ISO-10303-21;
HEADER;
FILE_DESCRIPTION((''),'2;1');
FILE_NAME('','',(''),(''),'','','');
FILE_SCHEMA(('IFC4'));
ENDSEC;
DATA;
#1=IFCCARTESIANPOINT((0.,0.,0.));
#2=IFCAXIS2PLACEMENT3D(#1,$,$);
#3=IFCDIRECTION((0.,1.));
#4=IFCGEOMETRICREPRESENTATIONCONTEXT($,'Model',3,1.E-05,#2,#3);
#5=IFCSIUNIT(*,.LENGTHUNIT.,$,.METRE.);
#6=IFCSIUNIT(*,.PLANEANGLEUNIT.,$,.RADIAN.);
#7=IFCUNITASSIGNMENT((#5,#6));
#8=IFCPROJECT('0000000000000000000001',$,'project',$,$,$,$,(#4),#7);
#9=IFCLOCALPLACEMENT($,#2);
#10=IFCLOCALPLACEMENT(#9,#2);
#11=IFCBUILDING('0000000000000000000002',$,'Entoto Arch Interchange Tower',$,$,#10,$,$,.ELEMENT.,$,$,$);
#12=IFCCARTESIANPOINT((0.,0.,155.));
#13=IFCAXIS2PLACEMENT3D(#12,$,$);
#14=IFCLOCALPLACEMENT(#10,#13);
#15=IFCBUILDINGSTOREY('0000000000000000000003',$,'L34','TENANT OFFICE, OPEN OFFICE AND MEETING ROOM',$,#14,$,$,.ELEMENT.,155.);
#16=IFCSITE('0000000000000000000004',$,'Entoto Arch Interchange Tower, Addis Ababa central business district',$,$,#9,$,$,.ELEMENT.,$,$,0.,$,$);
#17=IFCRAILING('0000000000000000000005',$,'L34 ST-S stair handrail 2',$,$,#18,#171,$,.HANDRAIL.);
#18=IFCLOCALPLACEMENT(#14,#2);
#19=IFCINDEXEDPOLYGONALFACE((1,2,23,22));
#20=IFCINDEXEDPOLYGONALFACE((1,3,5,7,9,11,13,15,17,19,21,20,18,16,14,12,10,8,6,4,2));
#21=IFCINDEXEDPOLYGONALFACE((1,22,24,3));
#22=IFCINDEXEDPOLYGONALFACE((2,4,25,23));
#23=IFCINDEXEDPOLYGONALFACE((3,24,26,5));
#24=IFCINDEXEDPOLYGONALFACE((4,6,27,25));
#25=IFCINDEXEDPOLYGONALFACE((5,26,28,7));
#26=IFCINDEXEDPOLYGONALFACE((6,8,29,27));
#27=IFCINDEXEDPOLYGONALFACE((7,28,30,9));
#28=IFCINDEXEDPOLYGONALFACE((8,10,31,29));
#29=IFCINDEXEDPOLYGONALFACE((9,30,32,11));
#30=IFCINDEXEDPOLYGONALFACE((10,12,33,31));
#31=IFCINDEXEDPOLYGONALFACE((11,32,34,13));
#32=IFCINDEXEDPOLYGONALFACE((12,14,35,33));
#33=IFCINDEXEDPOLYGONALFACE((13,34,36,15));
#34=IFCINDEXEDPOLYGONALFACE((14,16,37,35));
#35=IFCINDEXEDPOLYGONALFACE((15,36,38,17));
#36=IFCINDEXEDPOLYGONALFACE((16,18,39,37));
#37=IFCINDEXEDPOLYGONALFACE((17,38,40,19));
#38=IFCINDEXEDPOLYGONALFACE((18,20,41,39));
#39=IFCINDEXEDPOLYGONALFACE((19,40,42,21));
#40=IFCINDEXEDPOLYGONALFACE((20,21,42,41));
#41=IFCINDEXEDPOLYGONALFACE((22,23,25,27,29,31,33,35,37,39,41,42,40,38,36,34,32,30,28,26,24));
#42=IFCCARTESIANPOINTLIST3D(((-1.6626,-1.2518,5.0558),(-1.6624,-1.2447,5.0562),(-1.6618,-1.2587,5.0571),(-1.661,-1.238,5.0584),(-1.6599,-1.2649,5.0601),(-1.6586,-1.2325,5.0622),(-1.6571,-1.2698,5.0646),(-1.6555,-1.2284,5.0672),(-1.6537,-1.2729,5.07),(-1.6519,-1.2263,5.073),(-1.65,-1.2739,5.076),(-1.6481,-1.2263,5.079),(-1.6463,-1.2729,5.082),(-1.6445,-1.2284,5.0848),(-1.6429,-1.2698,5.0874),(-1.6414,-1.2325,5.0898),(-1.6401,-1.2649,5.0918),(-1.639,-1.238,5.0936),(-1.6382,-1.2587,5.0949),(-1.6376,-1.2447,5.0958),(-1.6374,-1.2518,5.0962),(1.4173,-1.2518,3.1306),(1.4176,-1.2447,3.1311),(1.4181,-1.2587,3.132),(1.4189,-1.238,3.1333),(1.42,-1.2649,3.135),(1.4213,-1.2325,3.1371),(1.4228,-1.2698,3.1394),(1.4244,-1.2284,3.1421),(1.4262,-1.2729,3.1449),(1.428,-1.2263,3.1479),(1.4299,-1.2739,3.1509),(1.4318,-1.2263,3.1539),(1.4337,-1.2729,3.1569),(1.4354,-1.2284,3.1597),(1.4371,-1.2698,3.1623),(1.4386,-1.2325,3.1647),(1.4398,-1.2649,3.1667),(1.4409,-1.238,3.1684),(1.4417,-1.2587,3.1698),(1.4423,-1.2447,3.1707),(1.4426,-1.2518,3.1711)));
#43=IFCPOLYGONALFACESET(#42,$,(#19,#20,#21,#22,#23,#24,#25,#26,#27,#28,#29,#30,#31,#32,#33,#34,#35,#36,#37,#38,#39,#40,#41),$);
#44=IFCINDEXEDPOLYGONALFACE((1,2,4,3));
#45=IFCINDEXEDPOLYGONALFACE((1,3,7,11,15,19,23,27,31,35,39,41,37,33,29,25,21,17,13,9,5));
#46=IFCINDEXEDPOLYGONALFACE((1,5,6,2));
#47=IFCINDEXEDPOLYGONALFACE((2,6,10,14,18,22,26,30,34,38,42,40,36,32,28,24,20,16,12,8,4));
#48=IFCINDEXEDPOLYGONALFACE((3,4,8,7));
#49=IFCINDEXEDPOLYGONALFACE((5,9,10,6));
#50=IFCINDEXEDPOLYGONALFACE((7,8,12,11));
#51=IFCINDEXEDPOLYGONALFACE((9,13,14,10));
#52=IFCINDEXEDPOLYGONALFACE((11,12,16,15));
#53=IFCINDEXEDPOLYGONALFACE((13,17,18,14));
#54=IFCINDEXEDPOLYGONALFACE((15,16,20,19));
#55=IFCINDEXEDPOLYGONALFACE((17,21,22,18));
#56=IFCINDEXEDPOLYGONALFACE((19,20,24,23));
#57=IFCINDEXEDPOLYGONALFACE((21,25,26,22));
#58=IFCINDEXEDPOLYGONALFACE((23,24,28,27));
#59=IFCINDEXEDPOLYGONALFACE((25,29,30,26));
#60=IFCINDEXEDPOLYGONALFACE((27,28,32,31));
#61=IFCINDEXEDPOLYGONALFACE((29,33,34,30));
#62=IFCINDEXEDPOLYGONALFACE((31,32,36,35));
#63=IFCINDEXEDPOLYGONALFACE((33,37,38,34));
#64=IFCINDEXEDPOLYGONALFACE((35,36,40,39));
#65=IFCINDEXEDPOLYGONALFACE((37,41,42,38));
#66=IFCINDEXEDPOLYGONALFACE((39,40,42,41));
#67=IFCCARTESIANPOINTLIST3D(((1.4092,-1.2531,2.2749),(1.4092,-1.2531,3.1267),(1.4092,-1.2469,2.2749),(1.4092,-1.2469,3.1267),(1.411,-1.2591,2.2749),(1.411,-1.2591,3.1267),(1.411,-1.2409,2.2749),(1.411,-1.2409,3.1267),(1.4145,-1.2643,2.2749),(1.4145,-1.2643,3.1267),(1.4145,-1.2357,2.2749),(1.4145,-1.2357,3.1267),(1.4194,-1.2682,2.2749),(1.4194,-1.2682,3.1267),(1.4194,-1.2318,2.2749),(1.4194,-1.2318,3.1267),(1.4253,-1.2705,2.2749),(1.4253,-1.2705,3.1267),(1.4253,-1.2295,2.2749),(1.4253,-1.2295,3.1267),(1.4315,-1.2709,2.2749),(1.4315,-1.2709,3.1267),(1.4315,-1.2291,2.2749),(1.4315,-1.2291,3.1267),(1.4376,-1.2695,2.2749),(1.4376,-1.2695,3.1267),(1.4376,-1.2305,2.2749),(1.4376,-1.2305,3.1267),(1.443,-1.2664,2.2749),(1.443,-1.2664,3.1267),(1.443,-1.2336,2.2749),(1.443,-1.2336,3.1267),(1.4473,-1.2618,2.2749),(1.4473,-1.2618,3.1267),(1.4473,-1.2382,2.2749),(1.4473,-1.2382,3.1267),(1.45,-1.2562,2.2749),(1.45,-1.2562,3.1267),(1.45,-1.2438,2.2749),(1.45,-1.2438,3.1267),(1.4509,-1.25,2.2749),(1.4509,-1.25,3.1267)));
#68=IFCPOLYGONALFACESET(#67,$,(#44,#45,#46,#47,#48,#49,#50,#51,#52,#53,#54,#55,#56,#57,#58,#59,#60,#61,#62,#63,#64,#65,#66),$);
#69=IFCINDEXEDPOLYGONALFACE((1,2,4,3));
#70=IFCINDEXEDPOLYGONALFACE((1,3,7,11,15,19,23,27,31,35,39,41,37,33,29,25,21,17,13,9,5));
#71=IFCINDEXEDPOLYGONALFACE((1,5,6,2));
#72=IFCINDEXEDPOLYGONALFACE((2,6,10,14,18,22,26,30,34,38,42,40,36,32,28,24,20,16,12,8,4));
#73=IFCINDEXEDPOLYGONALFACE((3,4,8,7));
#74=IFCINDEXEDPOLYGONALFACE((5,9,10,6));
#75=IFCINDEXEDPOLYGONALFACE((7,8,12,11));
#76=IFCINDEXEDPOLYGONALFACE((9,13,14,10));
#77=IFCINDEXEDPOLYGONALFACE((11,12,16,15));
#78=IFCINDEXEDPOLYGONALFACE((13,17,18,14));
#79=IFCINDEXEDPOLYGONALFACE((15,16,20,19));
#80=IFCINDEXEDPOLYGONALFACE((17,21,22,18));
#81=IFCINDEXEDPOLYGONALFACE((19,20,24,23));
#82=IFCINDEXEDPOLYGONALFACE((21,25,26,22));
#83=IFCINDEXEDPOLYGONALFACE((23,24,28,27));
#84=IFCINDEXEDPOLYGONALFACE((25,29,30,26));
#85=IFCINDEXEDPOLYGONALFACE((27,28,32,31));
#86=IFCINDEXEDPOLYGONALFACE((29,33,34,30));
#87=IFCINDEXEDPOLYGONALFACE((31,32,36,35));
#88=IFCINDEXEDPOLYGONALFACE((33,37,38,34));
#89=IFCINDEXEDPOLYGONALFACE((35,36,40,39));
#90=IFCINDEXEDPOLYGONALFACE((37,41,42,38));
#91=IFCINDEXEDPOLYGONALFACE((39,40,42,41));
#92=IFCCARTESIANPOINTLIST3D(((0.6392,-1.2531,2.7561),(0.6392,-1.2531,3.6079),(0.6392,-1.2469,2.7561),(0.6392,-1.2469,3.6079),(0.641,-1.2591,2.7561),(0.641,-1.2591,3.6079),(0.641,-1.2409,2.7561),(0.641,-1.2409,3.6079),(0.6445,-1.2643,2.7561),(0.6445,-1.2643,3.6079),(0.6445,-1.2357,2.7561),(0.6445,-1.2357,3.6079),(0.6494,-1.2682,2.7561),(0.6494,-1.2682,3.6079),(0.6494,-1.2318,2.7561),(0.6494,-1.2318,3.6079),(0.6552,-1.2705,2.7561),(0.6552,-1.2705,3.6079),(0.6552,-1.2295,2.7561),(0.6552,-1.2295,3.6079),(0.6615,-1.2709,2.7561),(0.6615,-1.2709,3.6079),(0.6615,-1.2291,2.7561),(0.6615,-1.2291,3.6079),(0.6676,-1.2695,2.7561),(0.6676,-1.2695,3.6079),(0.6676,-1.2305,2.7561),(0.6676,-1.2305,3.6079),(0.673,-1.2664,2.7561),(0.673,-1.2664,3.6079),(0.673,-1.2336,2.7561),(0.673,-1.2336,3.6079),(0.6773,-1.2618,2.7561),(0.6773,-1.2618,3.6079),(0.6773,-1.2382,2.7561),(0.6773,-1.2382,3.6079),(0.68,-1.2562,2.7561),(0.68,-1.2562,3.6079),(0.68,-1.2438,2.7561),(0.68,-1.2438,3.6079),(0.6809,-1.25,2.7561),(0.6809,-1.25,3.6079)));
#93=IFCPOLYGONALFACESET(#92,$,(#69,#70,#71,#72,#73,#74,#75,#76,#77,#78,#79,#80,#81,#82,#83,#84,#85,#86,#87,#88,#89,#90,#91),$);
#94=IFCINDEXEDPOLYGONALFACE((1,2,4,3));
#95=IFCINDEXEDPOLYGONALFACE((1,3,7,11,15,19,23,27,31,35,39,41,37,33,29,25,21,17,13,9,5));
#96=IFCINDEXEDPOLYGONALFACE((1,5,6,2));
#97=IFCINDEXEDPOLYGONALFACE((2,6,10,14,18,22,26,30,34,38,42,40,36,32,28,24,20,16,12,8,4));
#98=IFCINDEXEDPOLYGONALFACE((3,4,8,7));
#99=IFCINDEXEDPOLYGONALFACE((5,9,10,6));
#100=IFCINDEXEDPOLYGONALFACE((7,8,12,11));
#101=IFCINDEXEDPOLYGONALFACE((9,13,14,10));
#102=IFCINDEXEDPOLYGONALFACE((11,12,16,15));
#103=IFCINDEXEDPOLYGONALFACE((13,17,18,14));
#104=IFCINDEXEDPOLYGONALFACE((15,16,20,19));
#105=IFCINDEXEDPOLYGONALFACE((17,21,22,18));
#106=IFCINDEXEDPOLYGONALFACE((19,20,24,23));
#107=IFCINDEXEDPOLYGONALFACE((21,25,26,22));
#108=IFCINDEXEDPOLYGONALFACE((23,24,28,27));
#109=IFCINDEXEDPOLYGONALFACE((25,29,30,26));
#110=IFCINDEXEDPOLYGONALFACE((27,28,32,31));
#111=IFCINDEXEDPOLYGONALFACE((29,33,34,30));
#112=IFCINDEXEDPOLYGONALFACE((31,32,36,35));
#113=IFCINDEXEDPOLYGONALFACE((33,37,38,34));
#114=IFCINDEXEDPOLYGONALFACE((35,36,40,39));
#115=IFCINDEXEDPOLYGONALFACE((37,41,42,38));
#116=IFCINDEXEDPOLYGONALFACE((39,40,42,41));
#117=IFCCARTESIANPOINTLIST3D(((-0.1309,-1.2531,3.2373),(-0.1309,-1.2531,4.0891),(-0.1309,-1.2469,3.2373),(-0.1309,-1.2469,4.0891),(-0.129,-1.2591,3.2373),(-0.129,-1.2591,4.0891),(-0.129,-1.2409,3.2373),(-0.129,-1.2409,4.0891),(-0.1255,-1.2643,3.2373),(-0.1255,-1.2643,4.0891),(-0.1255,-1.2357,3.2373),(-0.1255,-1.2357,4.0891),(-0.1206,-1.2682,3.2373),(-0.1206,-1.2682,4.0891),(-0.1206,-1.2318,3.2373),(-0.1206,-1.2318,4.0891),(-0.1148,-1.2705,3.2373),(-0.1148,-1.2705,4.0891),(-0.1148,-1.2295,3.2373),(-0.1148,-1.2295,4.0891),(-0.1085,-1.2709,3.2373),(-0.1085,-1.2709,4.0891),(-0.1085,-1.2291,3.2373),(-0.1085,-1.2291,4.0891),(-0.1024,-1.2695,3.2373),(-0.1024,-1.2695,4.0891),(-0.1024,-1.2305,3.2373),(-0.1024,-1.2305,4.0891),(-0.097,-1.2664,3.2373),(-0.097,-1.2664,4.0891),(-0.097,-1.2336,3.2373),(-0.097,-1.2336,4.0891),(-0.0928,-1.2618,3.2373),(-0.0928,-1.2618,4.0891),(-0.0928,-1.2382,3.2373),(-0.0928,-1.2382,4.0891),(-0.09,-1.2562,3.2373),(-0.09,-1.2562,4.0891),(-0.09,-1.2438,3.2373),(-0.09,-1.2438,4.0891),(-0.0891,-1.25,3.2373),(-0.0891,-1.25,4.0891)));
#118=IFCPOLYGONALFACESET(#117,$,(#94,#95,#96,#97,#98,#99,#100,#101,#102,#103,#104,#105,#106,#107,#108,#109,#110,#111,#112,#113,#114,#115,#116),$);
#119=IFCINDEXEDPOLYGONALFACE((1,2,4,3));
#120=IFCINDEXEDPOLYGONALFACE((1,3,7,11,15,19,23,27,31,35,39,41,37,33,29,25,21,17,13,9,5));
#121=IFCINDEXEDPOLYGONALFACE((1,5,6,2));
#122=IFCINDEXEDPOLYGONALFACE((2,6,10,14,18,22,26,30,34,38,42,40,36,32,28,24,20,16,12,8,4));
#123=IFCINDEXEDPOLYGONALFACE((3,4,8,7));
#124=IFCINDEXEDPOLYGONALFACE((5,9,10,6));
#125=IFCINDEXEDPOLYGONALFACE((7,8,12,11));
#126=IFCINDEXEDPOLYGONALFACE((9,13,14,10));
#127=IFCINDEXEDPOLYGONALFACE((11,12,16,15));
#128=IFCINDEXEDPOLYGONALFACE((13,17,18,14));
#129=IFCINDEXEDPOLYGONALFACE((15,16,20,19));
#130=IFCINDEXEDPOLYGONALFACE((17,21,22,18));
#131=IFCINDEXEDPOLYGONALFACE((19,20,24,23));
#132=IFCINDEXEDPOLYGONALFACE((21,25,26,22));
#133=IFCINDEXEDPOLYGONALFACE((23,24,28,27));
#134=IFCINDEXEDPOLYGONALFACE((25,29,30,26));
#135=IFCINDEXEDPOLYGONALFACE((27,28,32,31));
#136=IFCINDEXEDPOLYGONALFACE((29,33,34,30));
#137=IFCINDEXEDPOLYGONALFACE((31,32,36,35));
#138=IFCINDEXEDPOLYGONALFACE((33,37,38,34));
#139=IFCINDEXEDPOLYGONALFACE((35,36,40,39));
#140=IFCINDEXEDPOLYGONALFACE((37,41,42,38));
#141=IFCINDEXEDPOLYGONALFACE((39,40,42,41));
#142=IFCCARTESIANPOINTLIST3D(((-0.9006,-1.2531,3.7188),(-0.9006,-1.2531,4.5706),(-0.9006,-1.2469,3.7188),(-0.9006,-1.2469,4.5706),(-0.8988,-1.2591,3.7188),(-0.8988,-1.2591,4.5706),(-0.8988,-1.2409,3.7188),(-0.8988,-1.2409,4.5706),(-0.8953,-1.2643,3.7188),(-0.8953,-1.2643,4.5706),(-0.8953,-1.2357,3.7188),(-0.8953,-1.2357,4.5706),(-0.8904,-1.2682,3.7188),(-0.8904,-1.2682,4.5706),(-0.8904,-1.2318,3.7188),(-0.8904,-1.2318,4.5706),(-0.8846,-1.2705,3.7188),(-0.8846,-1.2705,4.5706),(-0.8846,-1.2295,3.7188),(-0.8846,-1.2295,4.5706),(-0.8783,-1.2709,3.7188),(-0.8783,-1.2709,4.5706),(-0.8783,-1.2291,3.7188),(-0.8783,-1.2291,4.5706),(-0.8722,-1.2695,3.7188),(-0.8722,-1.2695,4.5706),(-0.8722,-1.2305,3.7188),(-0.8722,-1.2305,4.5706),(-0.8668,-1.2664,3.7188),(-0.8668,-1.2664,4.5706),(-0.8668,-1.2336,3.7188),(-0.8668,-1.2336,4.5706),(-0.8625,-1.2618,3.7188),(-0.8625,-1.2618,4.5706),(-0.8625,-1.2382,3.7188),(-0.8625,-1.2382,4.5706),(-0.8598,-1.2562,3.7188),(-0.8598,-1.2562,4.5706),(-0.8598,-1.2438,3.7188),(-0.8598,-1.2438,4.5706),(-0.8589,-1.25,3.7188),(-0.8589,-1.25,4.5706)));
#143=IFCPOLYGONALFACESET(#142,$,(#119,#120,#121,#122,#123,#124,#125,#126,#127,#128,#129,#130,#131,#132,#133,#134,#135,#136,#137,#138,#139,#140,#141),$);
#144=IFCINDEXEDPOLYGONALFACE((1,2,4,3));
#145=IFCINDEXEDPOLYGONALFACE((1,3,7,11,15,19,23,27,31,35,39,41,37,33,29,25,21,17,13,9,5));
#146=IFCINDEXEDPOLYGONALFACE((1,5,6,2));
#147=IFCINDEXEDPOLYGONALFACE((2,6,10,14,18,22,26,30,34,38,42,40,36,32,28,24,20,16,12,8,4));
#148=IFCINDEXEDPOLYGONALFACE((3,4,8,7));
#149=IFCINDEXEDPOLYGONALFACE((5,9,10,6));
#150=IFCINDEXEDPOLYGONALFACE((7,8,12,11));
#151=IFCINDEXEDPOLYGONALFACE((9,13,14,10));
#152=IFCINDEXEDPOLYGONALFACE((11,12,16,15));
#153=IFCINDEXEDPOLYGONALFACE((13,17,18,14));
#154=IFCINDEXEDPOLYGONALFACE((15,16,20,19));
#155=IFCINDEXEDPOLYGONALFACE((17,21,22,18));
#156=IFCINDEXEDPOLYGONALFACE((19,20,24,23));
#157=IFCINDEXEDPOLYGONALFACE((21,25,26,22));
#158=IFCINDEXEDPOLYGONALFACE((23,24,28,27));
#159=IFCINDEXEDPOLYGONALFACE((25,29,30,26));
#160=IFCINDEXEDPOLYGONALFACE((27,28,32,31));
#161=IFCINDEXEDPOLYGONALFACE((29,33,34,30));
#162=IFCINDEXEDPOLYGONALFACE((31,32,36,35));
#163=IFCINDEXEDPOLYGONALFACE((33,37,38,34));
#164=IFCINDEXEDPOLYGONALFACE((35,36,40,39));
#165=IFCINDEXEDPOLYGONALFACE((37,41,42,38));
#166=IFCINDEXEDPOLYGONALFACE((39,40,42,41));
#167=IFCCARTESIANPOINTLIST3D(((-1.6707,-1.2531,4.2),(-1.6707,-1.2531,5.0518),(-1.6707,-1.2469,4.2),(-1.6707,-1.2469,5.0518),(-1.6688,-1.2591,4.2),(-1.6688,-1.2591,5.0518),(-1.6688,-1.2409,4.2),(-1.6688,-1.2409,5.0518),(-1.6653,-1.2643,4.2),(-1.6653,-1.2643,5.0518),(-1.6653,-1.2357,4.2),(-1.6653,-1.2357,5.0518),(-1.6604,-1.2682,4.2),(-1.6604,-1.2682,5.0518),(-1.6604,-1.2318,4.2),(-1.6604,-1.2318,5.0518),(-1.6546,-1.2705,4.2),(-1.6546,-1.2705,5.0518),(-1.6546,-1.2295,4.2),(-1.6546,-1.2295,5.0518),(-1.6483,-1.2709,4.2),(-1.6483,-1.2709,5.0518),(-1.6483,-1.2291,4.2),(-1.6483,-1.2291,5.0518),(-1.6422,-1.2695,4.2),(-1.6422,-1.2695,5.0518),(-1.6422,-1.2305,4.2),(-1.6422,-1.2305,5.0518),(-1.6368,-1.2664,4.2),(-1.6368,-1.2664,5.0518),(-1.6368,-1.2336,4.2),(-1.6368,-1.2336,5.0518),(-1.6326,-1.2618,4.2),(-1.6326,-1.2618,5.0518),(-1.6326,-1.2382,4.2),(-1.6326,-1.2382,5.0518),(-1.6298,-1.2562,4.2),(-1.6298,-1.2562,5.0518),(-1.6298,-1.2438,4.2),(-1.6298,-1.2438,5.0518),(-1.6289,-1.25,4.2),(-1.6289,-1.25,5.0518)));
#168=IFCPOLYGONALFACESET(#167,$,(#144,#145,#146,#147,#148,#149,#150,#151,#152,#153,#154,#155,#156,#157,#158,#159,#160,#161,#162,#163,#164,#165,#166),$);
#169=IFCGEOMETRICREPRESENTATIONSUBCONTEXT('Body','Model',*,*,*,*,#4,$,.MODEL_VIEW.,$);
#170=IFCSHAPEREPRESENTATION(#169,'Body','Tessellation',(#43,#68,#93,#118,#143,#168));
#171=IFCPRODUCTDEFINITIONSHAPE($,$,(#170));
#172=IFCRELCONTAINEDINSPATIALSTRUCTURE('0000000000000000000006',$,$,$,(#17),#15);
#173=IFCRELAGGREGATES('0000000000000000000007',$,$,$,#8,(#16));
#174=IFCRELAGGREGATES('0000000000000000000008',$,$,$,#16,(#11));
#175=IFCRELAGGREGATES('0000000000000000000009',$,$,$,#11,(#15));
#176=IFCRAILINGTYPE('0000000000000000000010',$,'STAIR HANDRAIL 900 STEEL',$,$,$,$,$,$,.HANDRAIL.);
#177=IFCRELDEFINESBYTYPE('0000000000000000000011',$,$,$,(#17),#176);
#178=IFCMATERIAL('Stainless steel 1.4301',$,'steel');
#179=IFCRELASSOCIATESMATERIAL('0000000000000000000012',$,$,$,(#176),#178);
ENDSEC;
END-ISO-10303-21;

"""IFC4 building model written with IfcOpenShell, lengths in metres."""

from ifc_helpers import new_model, si_unit, direction, frame, origin, origin_2d, place, context, subcontext, project, spatial, circle, extrude, material, type_object, element, save


model = new_model("IFC4")

# Units and contexts
model_context = context("Model", 3, precision=1e-05, world=origin(), true_north=direction((0.0, 1.0)))
body_context = subcontext(model_context, "Body", "Model", "MODEL_VIEW")
ifc_project = project(units=[si_unit("LENGTHUNIT", "METRE"), si_unit("PLANEANGLEUNIT", "RADIAN")], contexts=[model_context])

# Site, building, storey
site_placement = place(None, origin())
site = spatial("IfcSite", under=ifc_project, at=site_placement, Name="Entoto Arch Interchange Tower, Addis Ababa central business district", CompositionType="ELEMENT", RefElevation=0.0)
building_placement = place(site_placement, origin())
building = spatial("IfcBuilding", under=site, at=building_placement, Name="Entoto Arch Interchange Tower", CompositionType="ELEMENT")
storey_placement = place(building_placement, frame((0.0, 0.0, 155.0)))
storey = spatial("IfcBuildingStorey", under=building, at=storey_placement, Name="L34", Description="TENANT OFFICE, OPEN OFFICE AND MEETING ROOM", CompositionType="ELEMENT", Elevation=155.0)

# Railing
ifc_material_1 = material(Name="Stainless steel 1.4301", Category="steel")
railing_type_1 = type_object("IfcRailingType", Name="STAIR HANDRAIL 900 STEEL", PredefinedType="HANDRAIL", material=ifc_material_1)
railing_1_placement = place(storey_placement, frame((1.4299, -1.25, 2.2749)))
element("IfcRailing", 1, at=railing_1_placement, inside=storey, type_object=railing_type_1, Name="L34 ST-S stair handrail 2", PredefinedType="HANDRAIL", context=body_context, shape_type="SweptSolid", body=[
    extrude(circle(Radius=0.0239, at=origin_2d()), frame((0.0, 0.0, 0.876), z_axis=(-0.847979, 0.0, 0.530029), x_axis=(0.0, -1.0, 0.0)), (0.0, 0.0, 1.0), 3.6321),
    extrude(circle(Radius=0.021, at=origin_2d()), origin(), (0.0, 0.0, 1.0), 0.8518),
    extrude(circle(Radius=0.021, at=origin_2d()), frame((-0.77, 0.0, 0.4812)), (0.0, 0.0, 1.0), 0.8518),
    extrude(circle(Radius=0.021, at=origin_2d()), frame((-1.54, 0.0, 0.9624)), (0.0, 0.0, 1.0), 0.8518),
    extrude(circle(Radius=0.021, at=origin_2d()), frame((-2.3098, 0.0, 1.4438)), (0.0, 0.0, 1.0), 0.8518),
    extrude(circle(Radius=0.021, at=origin_2d()), frame((-3.0798, 0.0, 1.925)), (0.0, 0.0, 1.0), 0.8518),
])

save(model, "model.ifc")
